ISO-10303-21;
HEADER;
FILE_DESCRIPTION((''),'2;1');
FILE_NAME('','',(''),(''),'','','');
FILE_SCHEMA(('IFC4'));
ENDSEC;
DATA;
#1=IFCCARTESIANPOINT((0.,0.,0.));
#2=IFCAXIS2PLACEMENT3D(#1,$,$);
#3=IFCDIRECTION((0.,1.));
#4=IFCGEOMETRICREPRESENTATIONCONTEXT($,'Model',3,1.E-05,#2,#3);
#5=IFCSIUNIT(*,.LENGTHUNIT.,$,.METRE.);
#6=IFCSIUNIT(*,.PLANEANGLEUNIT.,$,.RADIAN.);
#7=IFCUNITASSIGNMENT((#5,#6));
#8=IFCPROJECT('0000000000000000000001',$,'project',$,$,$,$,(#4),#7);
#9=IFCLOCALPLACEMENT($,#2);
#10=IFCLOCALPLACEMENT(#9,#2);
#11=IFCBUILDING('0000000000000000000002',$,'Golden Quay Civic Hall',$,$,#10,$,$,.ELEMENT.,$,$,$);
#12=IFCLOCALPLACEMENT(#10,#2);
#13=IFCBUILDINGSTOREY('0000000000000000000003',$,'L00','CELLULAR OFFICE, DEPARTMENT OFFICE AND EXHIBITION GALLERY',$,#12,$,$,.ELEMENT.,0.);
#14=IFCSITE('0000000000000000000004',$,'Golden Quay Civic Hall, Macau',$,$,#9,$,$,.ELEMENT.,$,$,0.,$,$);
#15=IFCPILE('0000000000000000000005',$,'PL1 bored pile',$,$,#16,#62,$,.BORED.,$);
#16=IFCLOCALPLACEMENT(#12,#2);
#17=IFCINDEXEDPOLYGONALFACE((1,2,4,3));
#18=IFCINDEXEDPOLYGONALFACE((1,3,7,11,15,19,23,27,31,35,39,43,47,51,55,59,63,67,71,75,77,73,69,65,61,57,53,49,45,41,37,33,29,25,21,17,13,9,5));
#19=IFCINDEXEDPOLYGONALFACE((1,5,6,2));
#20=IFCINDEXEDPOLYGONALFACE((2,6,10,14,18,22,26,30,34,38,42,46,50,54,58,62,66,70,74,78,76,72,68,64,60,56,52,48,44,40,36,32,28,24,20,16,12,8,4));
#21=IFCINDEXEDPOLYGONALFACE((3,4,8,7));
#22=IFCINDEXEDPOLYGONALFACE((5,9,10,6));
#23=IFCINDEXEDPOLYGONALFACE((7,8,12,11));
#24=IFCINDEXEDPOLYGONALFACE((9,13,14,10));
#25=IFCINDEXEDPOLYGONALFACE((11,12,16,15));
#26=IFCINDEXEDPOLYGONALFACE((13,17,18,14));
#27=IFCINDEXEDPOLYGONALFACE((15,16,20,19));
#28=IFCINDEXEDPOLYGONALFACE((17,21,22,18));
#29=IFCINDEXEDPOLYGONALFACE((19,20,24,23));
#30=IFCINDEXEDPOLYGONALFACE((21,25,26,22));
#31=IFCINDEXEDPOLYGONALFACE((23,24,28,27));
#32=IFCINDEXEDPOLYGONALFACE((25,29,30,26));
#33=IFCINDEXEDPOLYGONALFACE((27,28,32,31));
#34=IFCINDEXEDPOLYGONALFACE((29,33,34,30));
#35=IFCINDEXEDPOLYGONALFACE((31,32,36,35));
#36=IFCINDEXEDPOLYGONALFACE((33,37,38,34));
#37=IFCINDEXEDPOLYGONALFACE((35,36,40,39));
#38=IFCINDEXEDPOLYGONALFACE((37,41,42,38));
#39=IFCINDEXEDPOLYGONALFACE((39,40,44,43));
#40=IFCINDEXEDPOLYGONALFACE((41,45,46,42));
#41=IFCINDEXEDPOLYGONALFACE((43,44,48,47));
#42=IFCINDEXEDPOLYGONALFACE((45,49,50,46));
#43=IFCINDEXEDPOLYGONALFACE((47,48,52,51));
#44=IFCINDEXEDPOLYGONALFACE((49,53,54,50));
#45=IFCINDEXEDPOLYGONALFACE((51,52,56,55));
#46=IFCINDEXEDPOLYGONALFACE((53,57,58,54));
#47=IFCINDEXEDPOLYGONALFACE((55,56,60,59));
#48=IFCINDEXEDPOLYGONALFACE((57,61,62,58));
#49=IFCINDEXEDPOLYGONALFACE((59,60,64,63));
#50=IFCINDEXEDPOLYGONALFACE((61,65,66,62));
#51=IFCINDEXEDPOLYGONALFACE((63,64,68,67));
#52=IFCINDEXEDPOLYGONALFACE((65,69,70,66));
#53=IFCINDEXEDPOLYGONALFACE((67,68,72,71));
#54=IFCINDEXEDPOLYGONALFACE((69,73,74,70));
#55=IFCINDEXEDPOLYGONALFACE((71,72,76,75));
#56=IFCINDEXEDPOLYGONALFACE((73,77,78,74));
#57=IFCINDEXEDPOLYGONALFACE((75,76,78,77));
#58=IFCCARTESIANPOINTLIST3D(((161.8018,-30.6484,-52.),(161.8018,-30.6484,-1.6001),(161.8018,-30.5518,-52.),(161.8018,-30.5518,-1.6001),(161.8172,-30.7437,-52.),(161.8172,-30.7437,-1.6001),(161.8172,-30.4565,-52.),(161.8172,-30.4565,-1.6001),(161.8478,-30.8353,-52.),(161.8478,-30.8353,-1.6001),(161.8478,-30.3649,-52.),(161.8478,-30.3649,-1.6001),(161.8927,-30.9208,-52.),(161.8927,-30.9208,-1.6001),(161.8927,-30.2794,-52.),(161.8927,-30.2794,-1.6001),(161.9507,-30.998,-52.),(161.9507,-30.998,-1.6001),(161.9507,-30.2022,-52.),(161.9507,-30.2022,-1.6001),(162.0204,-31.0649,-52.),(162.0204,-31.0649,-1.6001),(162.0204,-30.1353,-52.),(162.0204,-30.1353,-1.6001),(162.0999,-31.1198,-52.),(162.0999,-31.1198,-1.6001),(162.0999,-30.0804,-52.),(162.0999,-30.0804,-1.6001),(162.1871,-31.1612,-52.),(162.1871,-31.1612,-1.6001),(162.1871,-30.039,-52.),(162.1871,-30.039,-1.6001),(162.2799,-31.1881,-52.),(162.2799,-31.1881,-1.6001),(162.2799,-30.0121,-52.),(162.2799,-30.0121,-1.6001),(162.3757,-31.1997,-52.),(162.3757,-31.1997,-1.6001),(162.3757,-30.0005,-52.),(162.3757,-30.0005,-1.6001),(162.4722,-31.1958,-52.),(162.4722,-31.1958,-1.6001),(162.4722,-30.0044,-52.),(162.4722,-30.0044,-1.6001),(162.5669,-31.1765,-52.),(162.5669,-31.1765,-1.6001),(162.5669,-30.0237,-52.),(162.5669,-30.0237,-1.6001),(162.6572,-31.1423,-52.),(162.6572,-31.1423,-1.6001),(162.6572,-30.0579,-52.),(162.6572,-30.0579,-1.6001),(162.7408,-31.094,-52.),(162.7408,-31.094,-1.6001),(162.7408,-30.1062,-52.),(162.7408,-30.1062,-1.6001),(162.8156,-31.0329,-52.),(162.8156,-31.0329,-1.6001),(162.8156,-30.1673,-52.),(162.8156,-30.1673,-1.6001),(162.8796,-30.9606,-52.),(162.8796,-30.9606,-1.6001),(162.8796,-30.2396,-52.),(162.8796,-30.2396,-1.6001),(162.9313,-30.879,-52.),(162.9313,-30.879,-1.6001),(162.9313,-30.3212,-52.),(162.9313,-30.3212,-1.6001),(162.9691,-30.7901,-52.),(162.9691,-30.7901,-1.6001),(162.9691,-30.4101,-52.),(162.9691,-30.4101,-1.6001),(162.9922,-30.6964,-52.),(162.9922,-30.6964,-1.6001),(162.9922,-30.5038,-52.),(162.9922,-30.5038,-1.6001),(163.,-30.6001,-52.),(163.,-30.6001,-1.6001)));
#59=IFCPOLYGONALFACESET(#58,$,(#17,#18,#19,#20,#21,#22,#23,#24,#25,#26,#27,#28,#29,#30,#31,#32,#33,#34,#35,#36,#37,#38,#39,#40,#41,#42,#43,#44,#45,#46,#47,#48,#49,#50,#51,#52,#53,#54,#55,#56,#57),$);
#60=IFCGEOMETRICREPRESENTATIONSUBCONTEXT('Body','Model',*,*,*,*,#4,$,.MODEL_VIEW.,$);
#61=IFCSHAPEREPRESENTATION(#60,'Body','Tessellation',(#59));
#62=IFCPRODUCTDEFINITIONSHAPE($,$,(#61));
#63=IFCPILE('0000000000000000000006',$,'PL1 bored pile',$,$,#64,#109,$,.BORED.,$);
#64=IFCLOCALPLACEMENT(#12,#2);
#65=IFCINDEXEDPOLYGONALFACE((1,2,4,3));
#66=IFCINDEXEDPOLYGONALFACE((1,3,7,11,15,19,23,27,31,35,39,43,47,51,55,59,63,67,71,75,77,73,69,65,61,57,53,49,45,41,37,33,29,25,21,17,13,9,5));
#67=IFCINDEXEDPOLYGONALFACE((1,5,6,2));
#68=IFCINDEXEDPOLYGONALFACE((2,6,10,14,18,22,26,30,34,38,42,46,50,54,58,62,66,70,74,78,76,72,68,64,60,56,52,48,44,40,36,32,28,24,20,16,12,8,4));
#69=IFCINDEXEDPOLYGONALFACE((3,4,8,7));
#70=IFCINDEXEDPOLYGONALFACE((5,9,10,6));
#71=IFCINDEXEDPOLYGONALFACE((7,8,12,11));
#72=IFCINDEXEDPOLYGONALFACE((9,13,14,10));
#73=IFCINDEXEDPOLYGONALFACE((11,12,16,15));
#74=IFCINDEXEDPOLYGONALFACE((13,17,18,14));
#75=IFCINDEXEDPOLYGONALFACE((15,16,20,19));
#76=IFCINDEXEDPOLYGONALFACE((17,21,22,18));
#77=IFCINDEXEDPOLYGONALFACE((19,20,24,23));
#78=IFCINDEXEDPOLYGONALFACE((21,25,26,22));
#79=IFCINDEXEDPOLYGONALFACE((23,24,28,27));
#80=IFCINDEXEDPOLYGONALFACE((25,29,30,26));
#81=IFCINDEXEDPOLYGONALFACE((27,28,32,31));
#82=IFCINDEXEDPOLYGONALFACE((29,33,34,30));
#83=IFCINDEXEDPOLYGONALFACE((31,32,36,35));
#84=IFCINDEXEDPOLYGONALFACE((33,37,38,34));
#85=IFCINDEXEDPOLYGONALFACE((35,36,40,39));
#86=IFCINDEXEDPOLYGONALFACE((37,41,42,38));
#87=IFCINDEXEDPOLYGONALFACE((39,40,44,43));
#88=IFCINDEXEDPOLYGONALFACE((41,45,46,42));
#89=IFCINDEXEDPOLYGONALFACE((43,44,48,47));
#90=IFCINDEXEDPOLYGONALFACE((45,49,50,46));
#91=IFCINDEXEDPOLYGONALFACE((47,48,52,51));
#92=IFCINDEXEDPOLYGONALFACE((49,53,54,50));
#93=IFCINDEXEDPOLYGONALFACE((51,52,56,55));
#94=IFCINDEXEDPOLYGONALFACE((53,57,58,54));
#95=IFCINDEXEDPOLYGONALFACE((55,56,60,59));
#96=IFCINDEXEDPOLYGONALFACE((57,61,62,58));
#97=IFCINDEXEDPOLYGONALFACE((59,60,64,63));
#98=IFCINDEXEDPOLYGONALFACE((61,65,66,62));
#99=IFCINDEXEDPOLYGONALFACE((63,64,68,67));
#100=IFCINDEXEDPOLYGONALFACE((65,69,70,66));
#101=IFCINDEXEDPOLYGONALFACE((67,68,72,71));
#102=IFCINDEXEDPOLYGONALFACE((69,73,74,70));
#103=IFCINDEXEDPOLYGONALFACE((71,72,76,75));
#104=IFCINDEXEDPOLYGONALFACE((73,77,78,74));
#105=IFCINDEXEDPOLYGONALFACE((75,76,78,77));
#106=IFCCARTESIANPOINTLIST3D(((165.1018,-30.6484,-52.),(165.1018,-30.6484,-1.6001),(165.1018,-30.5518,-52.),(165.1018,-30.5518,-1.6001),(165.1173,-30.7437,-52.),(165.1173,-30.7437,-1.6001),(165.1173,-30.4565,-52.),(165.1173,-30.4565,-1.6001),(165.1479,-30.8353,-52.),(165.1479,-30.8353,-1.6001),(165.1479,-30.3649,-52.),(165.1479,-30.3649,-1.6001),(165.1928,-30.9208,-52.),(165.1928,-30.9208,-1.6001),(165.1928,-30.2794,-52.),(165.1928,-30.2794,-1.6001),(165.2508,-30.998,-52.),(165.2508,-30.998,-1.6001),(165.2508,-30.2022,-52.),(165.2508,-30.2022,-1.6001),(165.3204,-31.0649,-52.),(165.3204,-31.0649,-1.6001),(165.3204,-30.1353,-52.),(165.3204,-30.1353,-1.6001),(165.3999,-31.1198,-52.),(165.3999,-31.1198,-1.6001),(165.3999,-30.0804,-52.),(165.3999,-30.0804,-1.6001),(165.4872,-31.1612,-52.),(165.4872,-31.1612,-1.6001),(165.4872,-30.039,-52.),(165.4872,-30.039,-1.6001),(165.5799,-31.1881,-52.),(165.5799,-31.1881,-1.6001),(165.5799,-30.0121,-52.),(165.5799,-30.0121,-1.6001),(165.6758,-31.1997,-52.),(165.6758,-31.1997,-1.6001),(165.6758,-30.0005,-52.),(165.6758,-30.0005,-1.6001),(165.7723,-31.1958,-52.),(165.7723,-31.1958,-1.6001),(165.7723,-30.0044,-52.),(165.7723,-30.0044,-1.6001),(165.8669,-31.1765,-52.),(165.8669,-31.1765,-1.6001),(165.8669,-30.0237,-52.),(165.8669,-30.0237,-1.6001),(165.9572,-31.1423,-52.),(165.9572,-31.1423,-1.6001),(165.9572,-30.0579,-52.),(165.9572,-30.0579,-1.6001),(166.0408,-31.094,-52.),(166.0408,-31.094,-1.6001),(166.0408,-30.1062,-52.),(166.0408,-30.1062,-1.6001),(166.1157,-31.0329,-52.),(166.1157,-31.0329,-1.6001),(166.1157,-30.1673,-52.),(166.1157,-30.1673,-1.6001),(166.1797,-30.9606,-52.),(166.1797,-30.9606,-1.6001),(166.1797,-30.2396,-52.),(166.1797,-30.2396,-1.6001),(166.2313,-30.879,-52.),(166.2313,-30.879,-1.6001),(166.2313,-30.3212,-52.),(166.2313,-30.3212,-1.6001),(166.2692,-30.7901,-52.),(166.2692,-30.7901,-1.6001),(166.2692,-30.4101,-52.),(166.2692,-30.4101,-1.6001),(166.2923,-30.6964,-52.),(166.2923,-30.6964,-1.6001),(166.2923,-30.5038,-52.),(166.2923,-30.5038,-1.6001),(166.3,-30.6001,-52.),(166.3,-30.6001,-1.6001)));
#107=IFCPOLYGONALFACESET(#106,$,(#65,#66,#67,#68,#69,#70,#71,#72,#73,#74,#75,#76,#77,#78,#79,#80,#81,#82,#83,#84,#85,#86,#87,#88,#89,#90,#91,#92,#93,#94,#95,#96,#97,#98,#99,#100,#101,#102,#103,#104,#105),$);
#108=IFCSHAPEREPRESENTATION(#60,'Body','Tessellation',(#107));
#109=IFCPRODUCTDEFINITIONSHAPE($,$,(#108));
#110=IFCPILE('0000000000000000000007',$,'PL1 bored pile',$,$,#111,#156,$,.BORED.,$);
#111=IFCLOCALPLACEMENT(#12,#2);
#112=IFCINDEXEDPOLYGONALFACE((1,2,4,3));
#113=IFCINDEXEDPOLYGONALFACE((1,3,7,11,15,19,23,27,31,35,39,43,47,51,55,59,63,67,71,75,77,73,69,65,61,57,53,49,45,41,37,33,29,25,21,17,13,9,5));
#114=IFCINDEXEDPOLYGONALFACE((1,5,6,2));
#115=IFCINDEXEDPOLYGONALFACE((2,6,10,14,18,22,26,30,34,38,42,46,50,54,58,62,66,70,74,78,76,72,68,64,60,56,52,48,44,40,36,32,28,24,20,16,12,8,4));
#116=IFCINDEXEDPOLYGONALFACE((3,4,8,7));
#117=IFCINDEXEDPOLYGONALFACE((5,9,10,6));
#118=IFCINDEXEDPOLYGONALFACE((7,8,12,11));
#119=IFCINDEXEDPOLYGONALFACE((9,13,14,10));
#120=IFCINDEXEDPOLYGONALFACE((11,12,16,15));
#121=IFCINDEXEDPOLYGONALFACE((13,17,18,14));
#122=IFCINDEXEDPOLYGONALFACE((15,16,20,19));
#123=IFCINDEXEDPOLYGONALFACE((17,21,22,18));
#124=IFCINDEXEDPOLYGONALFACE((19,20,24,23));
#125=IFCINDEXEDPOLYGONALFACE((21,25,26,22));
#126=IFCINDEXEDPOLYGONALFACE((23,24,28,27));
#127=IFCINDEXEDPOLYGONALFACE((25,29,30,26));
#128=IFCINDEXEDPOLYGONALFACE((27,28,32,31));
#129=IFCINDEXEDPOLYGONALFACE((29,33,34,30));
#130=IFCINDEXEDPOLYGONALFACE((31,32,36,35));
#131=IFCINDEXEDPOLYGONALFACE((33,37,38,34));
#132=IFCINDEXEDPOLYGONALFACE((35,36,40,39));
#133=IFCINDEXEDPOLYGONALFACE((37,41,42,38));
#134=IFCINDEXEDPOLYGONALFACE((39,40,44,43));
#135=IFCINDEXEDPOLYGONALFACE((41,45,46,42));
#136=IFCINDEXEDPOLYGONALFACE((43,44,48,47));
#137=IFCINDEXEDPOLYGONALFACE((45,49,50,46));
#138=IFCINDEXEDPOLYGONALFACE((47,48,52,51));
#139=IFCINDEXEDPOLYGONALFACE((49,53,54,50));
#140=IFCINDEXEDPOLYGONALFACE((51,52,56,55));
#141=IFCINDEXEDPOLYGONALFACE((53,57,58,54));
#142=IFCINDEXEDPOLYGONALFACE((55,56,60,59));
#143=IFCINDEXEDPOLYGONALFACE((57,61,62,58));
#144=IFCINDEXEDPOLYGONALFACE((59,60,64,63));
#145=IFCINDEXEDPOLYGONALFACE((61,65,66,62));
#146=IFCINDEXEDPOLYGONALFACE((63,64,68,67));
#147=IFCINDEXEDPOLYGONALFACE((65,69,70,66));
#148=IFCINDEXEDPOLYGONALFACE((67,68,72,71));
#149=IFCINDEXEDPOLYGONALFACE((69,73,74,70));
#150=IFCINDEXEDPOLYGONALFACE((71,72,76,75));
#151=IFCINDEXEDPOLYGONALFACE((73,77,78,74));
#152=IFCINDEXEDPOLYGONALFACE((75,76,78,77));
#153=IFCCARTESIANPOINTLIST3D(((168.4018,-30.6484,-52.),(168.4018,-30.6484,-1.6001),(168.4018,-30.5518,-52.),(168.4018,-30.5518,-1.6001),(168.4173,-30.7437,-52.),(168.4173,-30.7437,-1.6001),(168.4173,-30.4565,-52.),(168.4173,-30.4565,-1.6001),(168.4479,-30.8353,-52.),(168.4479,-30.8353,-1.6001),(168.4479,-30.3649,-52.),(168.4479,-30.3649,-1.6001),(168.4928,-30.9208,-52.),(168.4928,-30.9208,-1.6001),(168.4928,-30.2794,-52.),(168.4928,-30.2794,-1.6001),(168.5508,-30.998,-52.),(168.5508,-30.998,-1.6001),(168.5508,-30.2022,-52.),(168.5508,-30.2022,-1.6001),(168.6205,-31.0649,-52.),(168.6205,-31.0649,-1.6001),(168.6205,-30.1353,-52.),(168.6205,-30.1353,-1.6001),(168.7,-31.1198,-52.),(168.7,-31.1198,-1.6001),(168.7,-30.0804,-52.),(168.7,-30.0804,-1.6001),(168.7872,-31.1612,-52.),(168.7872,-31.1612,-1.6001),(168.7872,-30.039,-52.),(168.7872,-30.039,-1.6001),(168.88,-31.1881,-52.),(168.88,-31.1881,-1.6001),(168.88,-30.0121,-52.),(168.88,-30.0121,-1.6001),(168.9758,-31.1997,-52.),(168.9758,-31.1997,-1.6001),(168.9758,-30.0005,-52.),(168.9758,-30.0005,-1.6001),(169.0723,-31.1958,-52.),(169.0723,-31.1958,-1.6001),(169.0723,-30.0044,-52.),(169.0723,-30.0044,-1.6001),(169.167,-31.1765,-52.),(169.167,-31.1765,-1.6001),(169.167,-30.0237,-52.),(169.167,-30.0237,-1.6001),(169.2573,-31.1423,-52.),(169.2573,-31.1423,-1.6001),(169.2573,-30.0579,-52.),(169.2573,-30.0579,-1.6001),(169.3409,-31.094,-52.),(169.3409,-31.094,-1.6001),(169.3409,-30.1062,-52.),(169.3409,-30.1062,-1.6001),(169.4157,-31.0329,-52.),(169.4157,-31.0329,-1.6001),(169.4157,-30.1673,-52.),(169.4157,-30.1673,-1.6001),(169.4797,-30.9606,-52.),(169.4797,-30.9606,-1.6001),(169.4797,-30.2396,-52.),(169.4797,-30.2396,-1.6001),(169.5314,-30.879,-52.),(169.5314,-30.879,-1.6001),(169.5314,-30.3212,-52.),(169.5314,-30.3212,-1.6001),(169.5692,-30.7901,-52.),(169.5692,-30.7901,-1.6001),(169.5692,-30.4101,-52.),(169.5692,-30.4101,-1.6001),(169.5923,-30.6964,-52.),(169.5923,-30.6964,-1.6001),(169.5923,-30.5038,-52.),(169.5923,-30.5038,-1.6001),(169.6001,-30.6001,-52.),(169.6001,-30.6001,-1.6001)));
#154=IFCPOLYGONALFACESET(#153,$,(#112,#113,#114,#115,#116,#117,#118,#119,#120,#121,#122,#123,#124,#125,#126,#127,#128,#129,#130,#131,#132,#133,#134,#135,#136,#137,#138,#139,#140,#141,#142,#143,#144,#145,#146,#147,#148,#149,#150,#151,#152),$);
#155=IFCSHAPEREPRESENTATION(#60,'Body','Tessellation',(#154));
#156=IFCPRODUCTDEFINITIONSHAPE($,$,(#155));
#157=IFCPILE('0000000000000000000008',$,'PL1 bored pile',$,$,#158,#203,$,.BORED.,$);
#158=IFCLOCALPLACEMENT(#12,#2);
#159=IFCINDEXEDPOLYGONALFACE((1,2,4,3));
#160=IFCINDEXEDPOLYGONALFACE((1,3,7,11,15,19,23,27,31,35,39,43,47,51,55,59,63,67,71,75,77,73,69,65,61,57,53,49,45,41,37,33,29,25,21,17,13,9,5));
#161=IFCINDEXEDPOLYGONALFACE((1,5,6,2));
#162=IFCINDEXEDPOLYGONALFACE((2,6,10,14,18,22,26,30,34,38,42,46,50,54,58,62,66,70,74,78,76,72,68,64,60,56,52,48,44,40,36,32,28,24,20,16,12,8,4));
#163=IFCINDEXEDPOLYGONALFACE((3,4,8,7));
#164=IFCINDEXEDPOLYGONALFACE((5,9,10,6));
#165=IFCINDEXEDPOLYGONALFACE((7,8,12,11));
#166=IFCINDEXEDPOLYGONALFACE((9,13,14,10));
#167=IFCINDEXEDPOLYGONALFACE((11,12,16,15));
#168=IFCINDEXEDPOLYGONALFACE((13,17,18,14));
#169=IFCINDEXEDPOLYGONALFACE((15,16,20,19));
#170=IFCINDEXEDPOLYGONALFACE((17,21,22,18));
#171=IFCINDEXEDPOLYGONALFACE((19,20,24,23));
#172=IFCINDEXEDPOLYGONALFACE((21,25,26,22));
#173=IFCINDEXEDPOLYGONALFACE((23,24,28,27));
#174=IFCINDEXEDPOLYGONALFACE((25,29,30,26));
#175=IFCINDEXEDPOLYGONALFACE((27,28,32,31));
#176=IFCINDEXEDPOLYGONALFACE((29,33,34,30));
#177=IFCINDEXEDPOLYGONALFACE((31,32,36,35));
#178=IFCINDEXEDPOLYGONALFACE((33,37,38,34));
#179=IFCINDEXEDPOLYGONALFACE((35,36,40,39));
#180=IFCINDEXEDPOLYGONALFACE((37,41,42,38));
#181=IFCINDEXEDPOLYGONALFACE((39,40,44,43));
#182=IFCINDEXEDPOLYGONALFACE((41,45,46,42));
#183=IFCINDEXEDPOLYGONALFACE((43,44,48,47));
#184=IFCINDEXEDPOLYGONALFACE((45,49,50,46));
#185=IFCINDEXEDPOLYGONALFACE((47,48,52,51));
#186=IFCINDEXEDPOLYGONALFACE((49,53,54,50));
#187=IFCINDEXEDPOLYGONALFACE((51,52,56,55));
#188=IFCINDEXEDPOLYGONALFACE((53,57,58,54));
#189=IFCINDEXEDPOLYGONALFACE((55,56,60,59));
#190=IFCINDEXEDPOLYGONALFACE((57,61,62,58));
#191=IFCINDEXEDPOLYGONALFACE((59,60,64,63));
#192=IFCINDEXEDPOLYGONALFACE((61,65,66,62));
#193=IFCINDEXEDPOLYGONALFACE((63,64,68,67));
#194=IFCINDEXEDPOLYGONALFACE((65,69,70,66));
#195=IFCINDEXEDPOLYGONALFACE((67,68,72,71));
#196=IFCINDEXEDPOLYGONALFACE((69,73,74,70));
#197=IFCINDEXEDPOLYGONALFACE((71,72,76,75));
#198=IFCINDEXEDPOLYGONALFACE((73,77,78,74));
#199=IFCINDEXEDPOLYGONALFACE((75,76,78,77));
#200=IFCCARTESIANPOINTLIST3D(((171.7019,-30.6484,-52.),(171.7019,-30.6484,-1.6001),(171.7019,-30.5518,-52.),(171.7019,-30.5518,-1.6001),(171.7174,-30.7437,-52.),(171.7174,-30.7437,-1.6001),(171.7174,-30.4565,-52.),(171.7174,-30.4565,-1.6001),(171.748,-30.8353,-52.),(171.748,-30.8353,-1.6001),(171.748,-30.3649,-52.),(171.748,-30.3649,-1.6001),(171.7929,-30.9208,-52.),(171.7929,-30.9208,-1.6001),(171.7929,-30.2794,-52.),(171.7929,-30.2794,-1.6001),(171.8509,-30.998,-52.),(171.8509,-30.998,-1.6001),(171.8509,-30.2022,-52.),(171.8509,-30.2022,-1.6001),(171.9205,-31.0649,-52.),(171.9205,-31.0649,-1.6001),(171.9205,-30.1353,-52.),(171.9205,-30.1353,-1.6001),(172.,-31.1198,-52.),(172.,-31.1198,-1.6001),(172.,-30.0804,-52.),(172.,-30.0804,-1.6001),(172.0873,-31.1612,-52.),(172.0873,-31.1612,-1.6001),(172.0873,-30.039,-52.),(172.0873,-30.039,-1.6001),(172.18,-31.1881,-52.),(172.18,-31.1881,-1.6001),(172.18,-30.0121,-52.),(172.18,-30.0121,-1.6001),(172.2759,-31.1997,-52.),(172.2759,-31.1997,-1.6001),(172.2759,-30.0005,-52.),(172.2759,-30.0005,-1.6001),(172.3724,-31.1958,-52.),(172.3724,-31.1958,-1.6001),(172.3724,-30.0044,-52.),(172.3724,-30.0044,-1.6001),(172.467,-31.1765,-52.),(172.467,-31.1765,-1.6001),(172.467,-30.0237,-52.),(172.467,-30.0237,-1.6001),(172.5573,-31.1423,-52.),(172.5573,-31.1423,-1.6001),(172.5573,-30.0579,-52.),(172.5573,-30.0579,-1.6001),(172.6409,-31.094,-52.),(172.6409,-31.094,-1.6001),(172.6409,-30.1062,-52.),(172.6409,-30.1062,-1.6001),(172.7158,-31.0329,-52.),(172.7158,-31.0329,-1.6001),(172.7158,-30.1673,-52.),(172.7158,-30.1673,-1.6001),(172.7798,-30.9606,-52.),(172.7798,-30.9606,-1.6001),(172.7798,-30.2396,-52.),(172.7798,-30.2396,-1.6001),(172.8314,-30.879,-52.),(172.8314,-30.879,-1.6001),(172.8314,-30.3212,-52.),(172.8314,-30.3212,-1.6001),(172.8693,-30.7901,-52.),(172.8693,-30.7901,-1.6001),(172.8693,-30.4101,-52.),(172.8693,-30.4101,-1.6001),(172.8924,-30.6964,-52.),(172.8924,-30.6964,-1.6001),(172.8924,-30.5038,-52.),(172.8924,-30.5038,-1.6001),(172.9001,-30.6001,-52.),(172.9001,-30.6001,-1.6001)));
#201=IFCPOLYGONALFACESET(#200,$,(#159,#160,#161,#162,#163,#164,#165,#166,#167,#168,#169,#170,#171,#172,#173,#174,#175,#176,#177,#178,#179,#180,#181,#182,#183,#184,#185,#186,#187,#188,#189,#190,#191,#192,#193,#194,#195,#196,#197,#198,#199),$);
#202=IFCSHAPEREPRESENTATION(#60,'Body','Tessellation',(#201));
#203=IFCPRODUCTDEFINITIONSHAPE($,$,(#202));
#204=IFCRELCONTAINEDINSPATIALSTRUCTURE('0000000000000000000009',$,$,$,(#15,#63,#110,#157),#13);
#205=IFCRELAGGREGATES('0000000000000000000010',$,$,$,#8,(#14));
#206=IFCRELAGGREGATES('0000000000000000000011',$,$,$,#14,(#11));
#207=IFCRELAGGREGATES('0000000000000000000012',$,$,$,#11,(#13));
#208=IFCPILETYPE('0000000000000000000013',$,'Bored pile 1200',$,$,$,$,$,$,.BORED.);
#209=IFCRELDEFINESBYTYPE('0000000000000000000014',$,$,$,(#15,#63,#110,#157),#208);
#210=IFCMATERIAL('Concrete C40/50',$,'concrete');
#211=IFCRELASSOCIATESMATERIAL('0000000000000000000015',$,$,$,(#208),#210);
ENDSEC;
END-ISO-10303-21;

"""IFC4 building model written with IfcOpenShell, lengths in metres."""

from ifc_helpers import new_model, si_unit, direction, frame, origin, origin_2d, place, context, subcontext, project, spatial, circle, extrude, material, material_profile, profile_set, type_object, element, save


model = new_model("IFC4")

# Units and contexts
model_context = context("Model", 3, precision=1e-05, world=origin(), true_north=direction((0.0, 1.0)))
body_context = subcontext(model_context, "Body", "Model", "MODEL_VIEW")
ifc_project = project(units=[si_unit("LENGTHUNIT", "METRE"), si_unit("PLANEANGLEUNIT", "RADIAN")], contexts=[model_context])

# Site, building, storey
site_placement = place(None, origin())
site = spatial("IfcSite", under=ifc_project, at=site_placement, Name="Golden Quay Civic Hall, Macau", CompositionType="ELEMENT", RefElevation=0.0)
building_placement = place(site_placement, origin())
building = spatial("IfcBuilding", under=site, at=building_placement, Name="Golden Quay Civic Hall", CompositionType="ELEMENT")
storey_placement = place(building_placement, origin())
storey = spatial("IfcBuildingStorey", under=building, at=storey_placement, Name="L00", Description="CELLULAR OFFICE, DEPARTMENT OFFICE AND EXHIBITION GALLERY", CompositionType="ELEMENT", Elevation=0.0)

# Piles
ifc_material_1 = material(Name="Concrete C40/50", Category="concrete")
ifc_material_profile_1 = material_profile(ifc_material_1, circle(Radius=0.6001, at=origin_2d()), Name="RC D1200")
ifc_profile_set_1 = profile_set([ifc_material_profile_1], Name="Concrete C40/50")
pile_type = type_object("IfcPileType", Name="Bored pile 1200", PredefinedType="BORED", material=ifc_profile_set_1)
for number, where, z_axis, x_axis, name in (
    (1, (162.3999, -30.6001, -1.6001), (0.0, 0.0, -1.0), (1.0, 0.0, 0.0), "PL1 bored pile"),
    (2, (165.7, -30.6001, -1.6001), (0.0, 0.0, -1.0), (1.0, 0.0, 0.0), "PL1 bored pile"),
    (3, (169.0, -30.6001, -1.6001), (0.0, 0.0, -1.0), (1.0, 0.0, 0.0), "PL1 bored pile"),
    (4, (172.3, -30.6001, -1.6001), (0.0, 0.0, -1.0), (1.0, 0.0, 0.0), "PL1 bored pile"),
):
    element("IfcPile", number, at=place(storey_placement, frame(where, z_axis=z_axis, x_axis=x_axis)), inside=storey, type_object=pile_type, Name=name, PredefinedType="BORED", context=body_context, shape_type="SweptSolid", body=[
        extrude(circle(Radius=0.6001, at=origin_2d()), origin(), (0.0, 0.0, 1.0), 50.3999),
    ])

save(model, "model.ifc")
